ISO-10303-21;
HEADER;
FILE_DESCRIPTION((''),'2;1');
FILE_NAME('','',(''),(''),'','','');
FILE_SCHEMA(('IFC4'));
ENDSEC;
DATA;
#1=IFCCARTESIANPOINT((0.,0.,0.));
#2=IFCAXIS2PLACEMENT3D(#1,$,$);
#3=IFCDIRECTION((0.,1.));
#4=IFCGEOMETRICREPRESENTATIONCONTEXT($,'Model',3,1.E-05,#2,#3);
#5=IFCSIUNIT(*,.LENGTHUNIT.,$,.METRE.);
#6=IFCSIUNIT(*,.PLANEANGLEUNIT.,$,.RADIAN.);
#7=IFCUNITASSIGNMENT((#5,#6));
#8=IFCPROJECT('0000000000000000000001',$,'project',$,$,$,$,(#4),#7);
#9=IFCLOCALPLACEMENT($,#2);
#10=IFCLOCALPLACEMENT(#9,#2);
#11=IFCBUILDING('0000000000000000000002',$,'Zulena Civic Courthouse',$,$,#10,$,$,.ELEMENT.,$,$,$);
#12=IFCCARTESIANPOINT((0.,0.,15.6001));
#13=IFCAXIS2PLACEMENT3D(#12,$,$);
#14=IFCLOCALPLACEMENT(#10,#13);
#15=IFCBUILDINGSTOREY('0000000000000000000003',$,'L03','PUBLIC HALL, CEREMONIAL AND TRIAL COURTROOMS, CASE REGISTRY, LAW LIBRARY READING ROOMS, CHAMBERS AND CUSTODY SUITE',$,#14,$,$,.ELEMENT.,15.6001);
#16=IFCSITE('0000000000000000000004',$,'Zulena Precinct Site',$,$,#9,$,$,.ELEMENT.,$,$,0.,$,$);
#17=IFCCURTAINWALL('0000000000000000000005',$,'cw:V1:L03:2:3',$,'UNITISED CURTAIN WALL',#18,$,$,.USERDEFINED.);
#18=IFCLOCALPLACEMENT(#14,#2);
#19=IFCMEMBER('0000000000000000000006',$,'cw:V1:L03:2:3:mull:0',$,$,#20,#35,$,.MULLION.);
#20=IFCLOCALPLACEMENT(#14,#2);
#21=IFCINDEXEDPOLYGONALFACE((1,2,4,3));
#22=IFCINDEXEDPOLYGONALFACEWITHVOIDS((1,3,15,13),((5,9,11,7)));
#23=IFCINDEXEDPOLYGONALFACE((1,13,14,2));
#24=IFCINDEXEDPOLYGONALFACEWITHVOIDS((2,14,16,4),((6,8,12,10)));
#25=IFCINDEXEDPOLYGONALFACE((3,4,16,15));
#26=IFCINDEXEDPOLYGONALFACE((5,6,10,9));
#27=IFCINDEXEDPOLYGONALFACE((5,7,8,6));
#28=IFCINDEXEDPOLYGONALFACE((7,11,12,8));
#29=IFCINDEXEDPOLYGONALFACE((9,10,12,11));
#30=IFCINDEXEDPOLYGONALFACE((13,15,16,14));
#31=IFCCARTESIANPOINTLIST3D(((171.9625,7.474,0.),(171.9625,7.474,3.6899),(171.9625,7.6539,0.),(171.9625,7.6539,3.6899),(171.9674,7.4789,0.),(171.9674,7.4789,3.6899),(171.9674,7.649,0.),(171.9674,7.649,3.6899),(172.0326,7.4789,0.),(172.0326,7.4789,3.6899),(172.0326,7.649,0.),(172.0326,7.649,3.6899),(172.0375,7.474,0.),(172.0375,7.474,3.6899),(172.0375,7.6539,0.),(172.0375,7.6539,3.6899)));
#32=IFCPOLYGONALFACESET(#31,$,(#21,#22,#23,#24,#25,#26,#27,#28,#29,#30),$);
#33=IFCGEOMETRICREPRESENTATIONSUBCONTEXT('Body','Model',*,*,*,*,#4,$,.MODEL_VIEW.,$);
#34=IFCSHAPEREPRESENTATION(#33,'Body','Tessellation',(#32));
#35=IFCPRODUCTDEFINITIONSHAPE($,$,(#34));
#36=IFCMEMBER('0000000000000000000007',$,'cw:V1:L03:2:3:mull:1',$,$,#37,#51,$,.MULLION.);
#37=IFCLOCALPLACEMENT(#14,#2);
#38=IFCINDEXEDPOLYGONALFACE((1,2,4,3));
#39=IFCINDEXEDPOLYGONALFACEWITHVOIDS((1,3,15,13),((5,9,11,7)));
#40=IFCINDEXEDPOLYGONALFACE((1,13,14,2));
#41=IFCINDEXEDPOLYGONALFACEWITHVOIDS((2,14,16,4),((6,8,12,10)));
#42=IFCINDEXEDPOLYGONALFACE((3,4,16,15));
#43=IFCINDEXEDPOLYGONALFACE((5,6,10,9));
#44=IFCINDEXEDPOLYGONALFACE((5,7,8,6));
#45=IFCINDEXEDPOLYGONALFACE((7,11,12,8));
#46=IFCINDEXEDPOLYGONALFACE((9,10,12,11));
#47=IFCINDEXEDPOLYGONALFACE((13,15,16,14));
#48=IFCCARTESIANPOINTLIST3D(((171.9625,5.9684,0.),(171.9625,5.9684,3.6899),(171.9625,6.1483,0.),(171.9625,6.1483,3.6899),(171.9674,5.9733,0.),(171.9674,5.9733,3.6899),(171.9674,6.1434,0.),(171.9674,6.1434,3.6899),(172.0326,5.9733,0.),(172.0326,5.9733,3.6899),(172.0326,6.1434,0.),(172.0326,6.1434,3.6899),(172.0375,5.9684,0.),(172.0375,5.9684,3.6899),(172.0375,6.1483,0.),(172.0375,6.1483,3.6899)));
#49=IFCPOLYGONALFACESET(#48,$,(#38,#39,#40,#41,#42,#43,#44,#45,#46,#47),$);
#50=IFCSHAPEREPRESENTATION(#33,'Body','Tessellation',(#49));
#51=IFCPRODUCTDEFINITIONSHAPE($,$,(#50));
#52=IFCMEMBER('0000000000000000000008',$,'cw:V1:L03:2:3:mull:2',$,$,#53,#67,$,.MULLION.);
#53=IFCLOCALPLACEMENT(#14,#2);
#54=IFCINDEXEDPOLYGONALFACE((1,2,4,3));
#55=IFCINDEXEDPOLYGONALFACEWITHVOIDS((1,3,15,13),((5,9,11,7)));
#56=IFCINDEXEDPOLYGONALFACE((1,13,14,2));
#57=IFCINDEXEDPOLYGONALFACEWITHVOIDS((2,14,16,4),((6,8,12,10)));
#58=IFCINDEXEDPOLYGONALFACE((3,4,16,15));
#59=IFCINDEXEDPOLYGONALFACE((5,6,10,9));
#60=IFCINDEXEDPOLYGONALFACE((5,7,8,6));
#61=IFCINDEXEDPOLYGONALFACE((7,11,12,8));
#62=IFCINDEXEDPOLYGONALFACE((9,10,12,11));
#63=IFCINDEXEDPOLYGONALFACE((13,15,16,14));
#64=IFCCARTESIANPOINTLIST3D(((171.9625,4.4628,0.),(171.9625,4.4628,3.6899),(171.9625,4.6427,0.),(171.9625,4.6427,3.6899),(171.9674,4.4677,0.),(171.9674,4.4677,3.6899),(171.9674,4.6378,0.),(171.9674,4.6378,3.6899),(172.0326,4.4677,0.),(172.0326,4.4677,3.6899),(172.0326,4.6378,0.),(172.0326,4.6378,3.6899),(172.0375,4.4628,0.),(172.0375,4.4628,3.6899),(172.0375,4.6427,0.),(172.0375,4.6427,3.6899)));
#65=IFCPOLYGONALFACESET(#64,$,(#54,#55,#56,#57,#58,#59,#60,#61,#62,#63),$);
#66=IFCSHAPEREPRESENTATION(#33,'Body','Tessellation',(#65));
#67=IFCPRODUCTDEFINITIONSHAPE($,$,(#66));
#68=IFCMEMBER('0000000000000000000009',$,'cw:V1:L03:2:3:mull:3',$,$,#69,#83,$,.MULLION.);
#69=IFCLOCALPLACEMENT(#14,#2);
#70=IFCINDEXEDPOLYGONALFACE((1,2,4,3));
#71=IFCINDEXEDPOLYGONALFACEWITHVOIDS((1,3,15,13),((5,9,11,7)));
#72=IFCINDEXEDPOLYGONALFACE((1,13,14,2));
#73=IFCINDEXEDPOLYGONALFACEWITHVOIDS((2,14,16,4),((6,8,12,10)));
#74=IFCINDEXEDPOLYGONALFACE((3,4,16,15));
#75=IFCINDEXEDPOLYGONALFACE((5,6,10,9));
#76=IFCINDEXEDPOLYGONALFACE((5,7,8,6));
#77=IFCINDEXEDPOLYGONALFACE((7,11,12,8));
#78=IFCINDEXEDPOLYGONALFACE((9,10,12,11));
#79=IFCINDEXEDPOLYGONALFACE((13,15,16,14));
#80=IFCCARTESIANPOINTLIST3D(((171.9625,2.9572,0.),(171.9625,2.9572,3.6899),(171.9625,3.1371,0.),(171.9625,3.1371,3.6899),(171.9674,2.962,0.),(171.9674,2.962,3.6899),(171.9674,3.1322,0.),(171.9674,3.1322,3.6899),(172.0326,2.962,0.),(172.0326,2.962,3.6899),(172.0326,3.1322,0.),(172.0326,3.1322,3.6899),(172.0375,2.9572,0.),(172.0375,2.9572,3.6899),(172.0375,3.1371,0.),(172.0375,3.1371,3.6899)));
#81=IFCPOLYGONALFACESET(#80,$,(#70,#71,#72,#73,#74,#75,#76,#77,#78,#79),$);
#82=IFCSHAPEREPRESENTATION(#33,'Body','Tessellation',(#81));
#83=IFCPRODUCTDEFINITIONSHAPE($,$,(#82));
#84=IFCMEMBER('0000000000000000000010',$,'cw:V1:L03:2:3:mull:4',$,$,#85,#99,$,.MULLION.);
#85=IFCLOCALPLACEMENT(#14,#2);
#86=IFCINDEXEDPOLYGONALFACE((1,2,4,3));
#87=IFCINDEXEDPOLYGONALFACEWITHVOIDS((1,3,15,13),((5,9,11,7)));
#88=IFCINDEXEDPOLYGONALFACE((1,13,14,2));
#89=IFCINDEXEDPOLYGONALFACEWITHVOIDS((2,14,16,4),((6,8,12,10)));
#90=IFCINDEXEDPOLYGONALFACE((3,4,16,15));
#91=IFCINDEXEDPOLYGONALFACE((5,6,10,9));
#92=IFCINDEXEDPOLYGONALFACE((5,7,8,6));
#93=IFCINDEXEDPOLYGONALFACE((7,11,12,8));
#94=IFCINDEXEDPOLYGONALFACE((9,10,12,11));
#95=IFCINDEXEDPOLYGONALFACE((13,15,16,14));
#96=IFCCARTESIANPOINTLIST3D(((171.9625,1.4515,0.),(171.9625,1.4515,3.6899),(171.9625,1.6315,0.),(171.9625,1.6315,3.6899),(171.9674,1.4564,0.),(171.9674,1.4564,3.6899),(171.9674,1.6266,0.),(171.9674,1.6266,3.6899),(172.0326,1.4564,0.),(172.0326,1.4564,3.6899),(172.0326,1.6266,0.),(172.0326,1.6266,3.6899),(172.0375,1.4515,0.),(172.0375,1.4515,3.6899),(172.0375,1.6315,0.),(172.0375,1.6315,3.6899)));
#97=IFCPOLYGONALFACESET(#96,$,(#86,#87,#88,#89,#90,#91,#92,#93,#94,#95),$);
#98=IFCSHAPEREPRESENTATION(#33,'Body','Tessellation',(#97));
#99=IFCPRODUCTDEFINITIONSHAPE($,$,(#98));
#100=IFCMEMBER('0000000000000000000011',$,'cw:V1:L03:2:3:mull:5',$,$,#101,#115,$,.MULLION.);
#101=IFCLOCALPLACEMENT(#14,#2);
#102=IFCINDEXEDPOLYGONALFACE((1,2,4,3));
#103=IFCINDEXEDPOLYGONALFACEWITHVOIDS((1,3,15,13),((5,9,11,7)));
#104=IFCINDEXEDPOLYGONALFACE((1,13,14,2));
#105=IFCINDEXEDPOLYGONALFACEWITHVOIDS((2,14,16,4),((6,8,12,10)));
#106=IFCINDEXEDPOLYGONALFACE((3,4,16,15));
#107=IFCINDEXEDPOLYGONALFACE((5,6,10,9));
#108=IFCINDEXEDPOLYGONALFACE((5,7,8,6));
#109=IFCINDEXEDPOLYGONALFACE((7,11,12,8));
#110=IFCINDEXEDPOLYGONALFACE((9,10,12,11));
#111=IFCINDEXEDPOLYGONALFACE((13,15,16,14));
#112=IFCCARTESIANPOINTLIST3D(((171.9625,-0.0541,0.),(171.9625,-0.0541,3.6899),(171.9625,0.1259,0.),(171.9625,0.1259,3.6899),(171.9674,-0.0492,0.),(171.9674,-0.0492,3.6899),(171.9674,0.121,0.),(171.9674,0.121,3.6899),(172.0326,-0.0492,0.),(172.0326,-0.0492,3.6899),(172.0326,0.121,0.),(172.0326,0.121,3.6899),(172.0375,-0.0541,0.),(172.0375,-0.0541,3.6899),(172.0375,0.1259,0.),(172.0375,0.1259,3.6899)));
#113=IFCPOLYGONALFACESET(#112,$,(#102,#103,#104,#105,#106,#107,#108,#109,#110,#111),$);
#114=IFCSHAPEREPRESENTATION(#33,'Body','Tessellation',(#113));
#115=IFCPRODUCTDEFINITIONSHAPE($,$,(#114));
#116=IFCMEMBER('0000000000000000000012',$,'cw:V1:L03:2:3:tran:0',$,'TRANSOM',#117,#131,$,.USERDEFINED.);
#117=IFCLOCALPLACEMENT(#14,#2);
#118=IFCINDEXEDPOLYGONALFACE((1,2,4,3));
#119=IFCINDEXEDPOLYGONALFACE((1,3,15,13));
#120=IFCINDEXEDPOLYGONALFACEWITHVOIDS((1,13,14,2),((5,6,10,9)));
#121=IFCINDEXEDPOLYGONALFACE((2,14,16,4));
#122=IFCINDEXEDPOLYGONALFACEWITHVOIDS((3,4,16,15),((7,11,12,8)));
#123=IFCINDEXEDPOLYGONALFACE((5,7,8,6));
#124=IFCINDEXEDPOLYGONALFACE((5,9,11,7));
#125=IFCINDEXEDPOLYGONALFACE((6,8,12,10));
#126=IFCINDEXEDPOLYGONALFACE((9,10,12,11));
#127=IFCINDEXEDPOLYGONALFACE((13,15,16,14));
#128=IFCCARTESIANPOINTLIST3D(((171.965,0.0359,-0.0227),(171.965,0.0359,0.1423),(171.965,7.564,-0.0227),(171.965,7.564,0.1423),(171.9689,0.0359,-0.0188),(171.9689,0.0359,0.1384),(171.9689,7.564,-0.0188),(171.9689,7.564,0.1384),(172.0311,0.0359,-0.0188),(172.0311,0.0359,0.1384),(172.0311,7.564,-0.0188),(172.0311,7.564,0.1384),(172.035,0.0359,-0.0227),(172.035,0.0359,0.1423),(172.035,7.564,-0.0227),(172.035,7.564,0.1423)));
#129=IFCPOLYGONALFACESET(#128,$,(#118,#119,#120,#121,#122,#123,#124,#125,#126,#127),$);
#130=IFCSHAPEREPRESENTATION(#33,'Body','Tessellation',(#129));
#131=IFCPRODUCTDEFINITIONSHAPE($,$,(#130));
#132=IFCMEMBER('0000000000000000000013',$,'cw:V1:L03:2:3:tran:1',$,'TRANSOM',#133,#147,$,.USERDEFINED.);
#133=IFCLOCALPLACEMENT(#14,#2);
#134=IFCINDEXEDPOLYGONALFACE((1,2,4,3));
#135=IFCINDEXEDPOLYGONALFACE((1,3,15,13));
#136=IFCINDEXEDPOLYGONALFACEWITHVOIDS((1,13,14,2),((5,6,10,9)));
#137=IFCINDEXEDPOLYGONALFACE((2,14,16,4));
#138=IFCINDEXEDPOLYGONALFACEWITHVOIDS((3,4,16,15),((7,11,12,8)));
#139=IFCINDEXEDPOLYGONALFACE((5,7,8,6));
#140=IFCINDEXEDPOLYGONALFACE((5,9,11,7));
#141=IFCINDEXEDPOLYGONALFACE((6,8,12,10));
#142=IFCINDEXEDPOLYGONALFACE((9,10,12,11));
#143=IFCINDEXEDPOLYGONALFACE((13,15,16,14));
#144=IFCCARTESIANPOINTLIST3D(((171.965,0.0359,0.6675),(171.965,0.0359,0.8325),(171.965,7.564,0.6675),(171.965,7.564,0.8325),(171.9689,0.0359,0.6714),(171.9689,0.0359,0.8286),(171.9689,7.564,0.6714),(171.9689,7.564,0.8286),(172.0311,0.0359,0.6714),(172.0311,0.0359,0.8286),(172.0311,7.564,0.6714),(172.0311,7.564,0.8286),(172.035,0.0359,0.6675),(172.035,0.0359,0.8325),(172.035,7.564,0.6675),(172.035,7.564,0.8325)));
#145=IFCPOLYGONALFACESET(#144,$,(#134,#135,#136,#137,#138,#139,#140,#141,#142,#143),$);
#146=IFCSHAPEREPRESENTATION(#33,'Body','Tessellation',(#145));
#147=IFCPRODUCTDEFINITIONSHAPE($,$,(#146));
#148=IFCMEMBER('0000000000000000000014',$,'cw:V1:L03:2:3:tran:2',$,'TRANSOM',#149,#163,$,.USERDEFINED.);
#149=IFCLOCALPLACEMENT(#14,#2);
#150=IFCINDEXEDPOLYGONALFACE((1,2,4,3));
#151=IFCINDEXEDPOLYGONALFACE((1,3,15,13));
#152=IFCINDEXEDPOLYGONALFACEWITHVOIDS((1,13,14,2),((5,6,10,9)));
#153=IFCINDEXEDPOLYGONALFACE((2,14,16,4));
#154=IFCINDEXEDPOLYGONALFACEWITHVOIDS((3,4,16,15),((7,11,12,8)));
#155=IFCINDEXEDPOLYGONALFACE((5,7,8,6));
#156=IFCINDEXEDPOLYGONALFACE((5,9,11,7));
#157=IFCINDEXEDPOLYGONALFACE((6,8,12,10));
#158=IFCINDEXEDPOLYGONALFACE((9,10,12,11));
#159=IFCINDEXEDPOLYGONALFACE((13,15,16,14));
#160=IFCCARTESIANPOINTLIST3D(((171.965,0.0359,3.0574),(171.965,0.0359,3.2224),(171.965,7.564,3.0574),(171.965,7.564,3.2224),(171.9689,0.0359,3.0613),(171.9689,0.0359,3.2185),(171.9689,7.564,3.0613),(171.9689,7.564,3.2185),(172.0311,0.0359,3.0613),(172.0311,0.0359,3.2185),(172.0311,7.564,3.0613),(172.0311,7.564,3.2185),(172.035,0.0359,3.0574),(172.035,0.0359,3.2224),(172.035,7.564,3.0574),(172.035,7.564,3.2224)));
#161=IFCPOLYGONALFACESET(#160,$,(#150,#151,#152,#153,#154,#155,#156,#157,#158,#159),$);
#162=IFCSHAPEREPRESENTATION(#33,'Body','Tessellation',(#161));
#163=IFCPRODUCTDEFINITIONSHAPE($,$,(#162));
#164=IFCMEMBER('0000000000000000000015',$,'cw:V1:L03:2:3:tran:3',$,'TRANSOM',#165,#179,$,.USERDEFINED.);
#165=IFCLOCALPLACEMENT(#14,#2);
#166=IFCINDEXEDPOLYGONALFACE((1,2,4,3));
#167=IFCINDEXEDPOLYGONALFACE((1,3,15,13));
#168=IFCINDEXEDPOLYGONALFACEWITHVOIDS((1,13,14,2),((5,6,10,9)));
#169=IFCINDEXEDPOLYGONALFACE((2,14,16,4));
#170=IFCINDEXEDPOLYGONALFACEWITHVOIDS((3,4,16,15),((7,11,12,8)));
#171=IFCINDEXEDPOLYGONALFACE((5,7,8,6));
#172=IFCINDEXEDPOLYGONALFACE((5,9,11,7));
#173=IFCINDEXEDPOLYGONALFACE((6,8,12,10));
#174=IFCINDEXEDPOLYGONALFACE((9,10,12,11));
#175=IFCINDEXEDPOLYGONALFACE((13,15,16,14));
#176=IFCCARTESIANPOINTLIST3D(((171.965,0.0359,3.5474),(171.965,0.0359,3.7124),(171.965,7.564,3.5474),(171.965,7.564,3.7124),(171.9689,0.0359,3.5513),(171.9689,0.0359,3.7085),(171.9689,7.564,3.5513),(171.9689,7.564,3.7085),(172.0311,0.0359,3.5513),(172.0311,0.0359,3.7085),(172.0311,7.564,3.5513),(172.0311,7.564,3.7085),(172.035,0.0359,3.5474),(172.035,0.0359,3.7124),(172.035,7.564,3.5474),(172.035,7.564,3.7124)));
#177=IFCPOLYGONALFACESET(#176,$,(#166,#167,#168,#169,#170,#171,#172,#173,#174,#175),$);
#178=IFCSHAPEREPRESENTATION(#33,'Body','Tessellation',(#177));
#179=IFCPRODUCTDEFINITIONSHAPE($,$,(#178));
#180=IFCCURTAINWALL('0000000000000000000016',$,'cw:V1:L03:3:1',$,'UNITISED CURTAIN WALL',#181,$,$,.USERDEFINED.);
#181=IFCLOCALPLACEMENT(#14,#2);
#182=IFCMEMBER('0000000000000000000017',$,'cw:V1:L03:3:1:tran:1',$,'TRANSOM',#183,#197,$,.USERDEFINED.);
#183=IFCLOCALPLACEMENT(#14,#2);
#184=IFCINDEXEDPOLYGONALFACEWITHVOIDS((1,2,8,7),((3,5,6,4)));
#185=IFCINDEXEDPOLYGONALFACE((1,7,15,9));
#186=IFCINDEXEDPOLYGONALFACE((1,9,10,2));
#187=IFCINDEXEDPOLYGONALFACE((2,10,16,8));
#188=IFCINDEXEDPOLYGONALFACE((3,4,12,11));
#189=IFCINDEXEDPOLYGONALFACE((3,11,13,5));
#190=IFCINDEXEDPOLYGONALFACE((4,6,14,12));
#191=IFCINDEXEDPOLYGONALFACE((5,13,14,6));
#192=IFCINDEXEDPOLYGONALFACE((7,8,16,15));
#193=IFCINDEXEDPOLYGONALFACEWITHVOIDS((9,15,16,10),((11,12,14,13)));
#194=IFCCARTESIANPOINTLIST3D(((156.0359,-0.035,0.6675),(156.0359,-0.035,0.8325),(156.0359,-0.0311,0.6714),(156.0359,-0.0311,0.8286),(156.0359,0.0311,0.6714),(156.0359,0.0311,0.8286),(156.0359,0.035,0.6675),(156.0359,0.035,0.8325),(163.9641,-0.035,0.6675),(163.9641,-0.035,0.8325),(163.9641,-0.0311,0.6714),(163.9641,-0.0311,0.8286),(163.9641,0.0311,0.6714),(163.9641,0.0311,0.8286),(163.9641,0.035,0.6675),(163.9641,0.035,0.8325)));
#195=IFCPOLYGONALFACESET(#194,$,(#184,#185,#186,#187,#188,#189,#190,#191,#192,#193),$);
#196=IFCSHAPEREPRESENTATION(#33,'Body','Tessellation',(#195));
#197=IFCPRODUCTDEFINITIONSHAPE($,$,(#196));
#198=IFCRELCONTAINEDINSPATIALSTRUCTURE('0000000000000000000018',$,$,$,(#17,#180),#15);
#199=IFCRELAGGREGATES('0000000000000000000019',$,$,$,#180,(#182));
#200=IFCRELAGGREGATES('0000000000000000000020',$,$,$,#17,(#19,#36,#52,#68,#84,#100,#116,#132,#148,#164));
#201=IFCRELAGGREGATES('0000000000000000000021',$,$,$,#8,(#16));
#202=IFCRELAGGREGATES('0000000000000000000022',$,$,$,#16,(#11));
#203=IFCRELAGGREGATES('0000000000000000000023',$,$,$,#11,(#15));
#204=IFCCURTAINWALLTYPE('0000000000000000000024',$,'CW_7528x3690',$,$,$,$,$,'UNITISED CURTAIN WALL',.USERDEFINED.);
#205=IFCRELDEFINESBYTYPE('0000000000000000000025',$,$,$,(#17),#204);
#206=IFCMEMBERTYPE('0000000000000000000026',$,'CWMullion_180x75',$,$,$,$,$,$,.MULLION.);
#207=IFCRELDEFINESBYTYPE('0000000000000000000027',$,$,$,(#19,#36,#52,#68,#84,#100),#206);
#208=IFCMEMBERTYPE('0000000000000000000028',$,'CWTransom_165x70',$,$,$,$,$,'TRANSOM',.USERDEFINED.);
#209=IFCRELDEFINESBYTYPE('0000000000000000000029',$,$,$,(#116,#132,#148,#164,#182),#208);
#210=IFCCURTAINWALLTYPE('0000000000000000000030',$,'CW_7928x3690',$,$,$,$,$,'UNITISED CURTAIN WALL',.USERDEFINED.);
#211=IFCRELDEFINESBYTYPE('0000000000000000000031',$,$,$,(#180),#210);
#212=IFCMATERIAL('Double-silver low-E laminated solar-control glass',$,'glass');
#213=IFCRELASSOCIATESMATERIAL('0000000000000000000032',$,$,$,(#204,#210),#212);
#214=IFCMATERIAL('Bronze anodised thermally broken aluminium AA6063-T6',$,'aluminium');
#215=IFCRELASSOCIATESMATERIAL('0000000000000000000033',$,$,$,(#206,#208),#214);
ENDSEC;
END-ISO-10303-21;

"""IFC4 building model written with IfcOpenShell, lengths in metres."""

from ifc_helpers import new_model, si_unit, direction, frame, origin, origin_2d, place, context, subcontext, project, spatial, hollow_rectangle, extrude, material, material_profile, profile_set, type_object, element, aggregate, save


model = new_model("IFC4")

# Units and contexts
model_context = context("Model", 3, precision=1e-05, world=origin(), true_north=direction((0.0, 1.0)))
body_context = subcontext(model_context, "Body", "Model", "MODEL_VIEW")
ifc_project = project(units=[si_unit("LENGTHUNIT", "METRE"), si_unit("PLANEANGLEUNIT", "RADIAN")], contexts=[model_context])

# Site, building, storey
site_placement = place(None, origin())
site = spatial("IfcSite", under=ifc_project, at=site_placement, Name="Zulena Precinct Site", CompositionType="ELEMENT", RefElevation=0.0)
building_placement = place(site_placement, origin())
building = spatial("IfcBuilding", under=site, at=building_placement, Name="Zulena Civic Courthouse", CompositionType="ELEMENT")
storey_placement = place(building_placement, frame((0.0, 0.0, 15.6001)))
storey = spatial("IfcBuildingStorey", under=building, at=storey_placement, Name="L03", Description="PUBLIC HALL, CEREMONIAL AND TRIAL COURTROOMS, CASE REGISTRY, LAW LIBRARY READING ROOMS, CHAMBERS AND CUSTODY SUITE", CompositionType="ELEMENT", Elevation=15.6001)

# Curtain walls, members
ifc_material_1 = material(Name="Double-silver low-E laminated solar-control glass", Category="glass")
curtain_wall_type_1 = type_object("IfcCurtainWallType", Name="CW_7528x3690", ElementType="UNITISED CURTAIN WALL", PredefinedType="USERDEFINED", material=ifc_material_1)
curtain_wall_1_placement = place(storey_placement, origin())
curtain_wall_1 = element("IfcCurtainWall", 1, at=curtain_wall_1_placement, inside=storey, type_object=curtain_wall_type_1, Name="cw:V1:L03:2:3", ObjectType="UNITISED CURTAIN WALL", PredefinedType="USERDEFINED")
ifc_material_2 = material(Name="Bronze anodised thermally broken aluminium AA6063-T6", Category="aluminium")
ifc_material_profile_1 = material_profile(ifc_material_2, hollow_rectangle(XDim=0.075, YDim=0.1799, WallThickness=0.0049, at=origin_2d()), Name="CWM180X75X5")
ifc_profile_set_1 = profile_set([ifc_material_profile_1], Name="Bronze anodised thermally broken aluminium AA6063-T6")
member_type_1 = type_object("IfcMemberType", Name="CWMullion_180x75", PredefinedType="MULLION", material=ifc_profile_set_1)
member_1_placement = place(storey_placement, frame((172.0, 7.564, 0.0), z_axis=(0.0, 0.0, 1.0), x_axis=(1.0, 0.0, 0.0)))
member_1 = element("IfcMember", 2, at=member_1_placement, type_object=member_type_1, Name="cw:V1:L03:2:3:mull:0", PredefinedType="MULLION", context=body_context, shape_type="SweptSolid", body=[
    extrude(hollow_rectangle(XDim=0.075, YDim=0.1799, WallThickness=0.0049, at=origin_2d()), origin(), (0.0, 0.0, 1.0), 3.6899),
])
member_2_placement = place(storey_placement, frame((172.0, 6.0583, 0.0), z_axis=(0.0, 0.0, 1.0), x_axis=(1.0, 0.0, 0.0)))
member_2 = element("IfcMember", 3, at=member_2_placement, type_object=member_type_1, Name="cw:V1:L03:2:3:mull:1", PredefinedType="MULLION", context=body_context, shape_type="SweptSolid", body=[
    extrude(hollow_rectangle(XDim=0.075, YDim=0.1799, WallThickness=0.0049, at=origin_2d()), origin(), (0.0, 0.0, 1.0), 3.6899),
])
member_3_placement = place(storey_placement, frame((172.0, 4.5527, 0.0), z_axis=(0.0, 0.0, 1.0), x_axis=(1.0, 0.0, 0.0)))
member_3 = element("IfcMember", 4, at=member_3_placement, type_object=member_type_1, Name="cw:V1:L03:2:3:mull:2", PredefinedType="MULLION", context=body_context, shape_type="SweptSolid", body=[
    extrude(hollow_rectangle(XDim=0.075, YDim=0.1799, WallThickness=0.0049, at=origin_2d()), origin(), (0.0, 0.0, 1.0), 3.6899),
])
member_4_placement = place(storey_placement, frame((172.0, 3.0471, 0.0), z_axis=(0.0, 0.0, 1.0), x_axis=(1.0, 0.0, 0.0)))
member_4 = element("IfcMember", 5, at=member_4_placement, type_object=member_type_1, Name="cw:V1:L03:2:3:mull:3", PredefinedType="MULLION", context=body_context, shape_type="SweptSolid", body=[
    extrude(hollow_rectangle(XDim=0.075, YDim=0.1799, WallThickness=0.0049, at=origin_2d()), origin(), (0.0, 0.0, 1.0), 3.6899),
])
member_5_placement = place(storey_placement, frame((172.0, 1.5415, 0.0), z_axis=(0.0, 0.0, 1.0), x_axis=(1.0, 0.0, 0.0)))
member_5 = element("IfcMember", 6, at=member_5_placement, type_object=member_type_1, Name="cw:V1:L03:2:3:mull:4", PredefinedType="MULLION", context=body_context, shape_type="SweptSolid", body=[
    extrude(hollow_rectangle(XDim=0.075, YDim=0.1799, WallThickness=0.0049, at=origin_2d()), origin(), (0.0, 0.0, 1.0), 3.6899),
])
member_6_placement = place(storey_placement, frame((172.0, 0.0359, 0.0), z_axis=(0.0, 0.0, 1.0), x_axis=(1.0, 0.0, 0.0)))
member_6 = element("IfcMember", 7, at=member_6_placement, type_object=member_type_1, Name="cw:V1:L03:2:3:mull:5", PredefinedType="MULLION", context=body_context, shape_type="SweptSolid", body=[
    extrude(hollow_rectangle(XDim=0.075, YDim=0.1799, WallThickness=0.0049, at=origin_2d()), origin(), (0.0, 0.0, 1.0), 3.6899),
])
ifc_material_profile_2 = material_profile(ifc_material_2, hollow_rectangle(XDim=0.0701, YDim=0.165, WallThickness=0.0039, at=origin_2d()), Name="CWT165X70X4")
ifc_profile_set_2 = profile_set([ifc_material_profile_2], Name="Bronze anodised thermally broken aluminium AA6063-T6")
member_type_2 = type_object("IfcMemberType", Name="CWTransom_165x70", ElementType="TRANSOM", PredefinedType="USERDEFINED", material=ifc_profile_set_2)
member_7_placement = place(storey_placement, frame((172.0, 7.564, 0.0598), z_axis=(0.0, -1.0, 0.0), x_axis=(1.0, 0.0, 0.0)))
member_7 = element("IfcMember", 8, at=member_7_placement, type_object=member_type_2, Name="cw:V1:L03:2:3:tran:0", ObjectType="TRANSOM", PredefinedType="USERDEFINED", context=body_context, shape_type="SweptSolid", body=[
    extrude(hollow_rectangle(XDim=0.0701, YDim=0.165, WallThickness=0.0039, at=origin_2d()), origin(), (0.0, 0.0, 1.0), 7.5281),
])
member_8_placement = place(storey_placement, frame((172.0, 7.564, 0.75), z_axis=(0.0, -1.0, 0.0), x_axis=(1.0, 0.0, 0.0)))
member_8 = element("IfcMember", 9, at=member_8_placement, type_object=member_type_2, Name="cw:V1:L03:2:3:tran:1", ObjectType="TRANSOM", PredefinedType="USERDEFINED", context=body_context, shape_type="SweptSolid", body=[
    extrude(hollow_rectangle(XDim=0.0701, YDim=0.165, WallThickness=0.0039, at=origin_2d()), origin(), (0.0, 0.0, 1.0), 7.5281),
])
member_9_placement = place(storey_placement, frame((172.0, 7.564, 3.1399), z_axis=(0.0, -1.0, 0.0), x_axis=(1.0, 0.0, 0.0)))
member_9 = element("IfcMember", 10, at=member_9_placement, type_object=member_type_2, Name="cw:V1:L03:2:3:tran:2", ObjectType="TRANSOM", PredefinedType="USERDEFINED", context=body_context, shape_type="SweptSolid", body=[
    extrude(hollow_rectangle(XDim=0.0701, YDim=0.165, WallThickness=0.0039, at=origin_2d()), origin(), (0.0, 0.0, 1.0), 7.5281),
])
member_10_placement = place(storey_placement, frame((172.0, 7.564, 3.6299), z_axis=(0.0, -1.0, 0.0), x_axis=(1.0, 0.0, 0.0)))
member_10 = element("IfcMember", 11, at=member_10_placement, type_object=member_type_2, Name="cw:V1:L03:2:3:tran:3", ObjectType="TRANSOM", PredefinedType="USERDEFINED", context=body_context, shape_type="SweptSolid", body=[
    extrude(hollow_rectangle(XDim=0.0701, YDim=0.165, WallThickness=0.0039, at=origin_2d()), origin(), (0.0, 0.0, 1.0), 7.5281),
])
curtain_wall_type_2 = type_object("IfcCurtainWallType", Name="CW_7928x3690", ElementType="UNITISED CURTAIN WALL", PredefinedType="USERDEFINED", material=ifc_material_1)
curtain_wall_2_placement = place(storey_placement, origin())
curtain_wall_2 = element("IfcCurtainWall", 12, at=curtain_wall_2_placement, inside=storey, type_object=curtain_wall_type_2, Name="cw:V1:L03:3:1", ObjectType="UNITISED CURTAIN WALL", PredefinedType="USERDEFINED")
member_11_placement = place(storey_placement, frame((163.9641, 0.0, 0.75), z_axis=(-1.0, 0.0, 0.0), x_axis=(0.0, -1.0, 0.0)))
member_11 = element("IfcMember", 13, at=member_11_placement, type_object=member_type_2, Name="cw:V1:L03:3:1:tran:1", ObjectType="TRANSOM", PredefinedType="USERDEFINED", context=body_context, shape_type="SweptSolid", body=[
    extrude(hollow_rectangle(XDim=0.0701, YDim=0.165, WallThickness=0.0039, at=origin_2d()), origin(), (0.0, 0.0, 1.0), 7.9282),
])
aggregate(curtain_wall_2, [member_11])

aggregate(curtain_wall_1, [member_1, member_2, member_3, member_4, member_5, member_6, member_7, member_8, member_9, member_10])

save(model, "model.ifc")
